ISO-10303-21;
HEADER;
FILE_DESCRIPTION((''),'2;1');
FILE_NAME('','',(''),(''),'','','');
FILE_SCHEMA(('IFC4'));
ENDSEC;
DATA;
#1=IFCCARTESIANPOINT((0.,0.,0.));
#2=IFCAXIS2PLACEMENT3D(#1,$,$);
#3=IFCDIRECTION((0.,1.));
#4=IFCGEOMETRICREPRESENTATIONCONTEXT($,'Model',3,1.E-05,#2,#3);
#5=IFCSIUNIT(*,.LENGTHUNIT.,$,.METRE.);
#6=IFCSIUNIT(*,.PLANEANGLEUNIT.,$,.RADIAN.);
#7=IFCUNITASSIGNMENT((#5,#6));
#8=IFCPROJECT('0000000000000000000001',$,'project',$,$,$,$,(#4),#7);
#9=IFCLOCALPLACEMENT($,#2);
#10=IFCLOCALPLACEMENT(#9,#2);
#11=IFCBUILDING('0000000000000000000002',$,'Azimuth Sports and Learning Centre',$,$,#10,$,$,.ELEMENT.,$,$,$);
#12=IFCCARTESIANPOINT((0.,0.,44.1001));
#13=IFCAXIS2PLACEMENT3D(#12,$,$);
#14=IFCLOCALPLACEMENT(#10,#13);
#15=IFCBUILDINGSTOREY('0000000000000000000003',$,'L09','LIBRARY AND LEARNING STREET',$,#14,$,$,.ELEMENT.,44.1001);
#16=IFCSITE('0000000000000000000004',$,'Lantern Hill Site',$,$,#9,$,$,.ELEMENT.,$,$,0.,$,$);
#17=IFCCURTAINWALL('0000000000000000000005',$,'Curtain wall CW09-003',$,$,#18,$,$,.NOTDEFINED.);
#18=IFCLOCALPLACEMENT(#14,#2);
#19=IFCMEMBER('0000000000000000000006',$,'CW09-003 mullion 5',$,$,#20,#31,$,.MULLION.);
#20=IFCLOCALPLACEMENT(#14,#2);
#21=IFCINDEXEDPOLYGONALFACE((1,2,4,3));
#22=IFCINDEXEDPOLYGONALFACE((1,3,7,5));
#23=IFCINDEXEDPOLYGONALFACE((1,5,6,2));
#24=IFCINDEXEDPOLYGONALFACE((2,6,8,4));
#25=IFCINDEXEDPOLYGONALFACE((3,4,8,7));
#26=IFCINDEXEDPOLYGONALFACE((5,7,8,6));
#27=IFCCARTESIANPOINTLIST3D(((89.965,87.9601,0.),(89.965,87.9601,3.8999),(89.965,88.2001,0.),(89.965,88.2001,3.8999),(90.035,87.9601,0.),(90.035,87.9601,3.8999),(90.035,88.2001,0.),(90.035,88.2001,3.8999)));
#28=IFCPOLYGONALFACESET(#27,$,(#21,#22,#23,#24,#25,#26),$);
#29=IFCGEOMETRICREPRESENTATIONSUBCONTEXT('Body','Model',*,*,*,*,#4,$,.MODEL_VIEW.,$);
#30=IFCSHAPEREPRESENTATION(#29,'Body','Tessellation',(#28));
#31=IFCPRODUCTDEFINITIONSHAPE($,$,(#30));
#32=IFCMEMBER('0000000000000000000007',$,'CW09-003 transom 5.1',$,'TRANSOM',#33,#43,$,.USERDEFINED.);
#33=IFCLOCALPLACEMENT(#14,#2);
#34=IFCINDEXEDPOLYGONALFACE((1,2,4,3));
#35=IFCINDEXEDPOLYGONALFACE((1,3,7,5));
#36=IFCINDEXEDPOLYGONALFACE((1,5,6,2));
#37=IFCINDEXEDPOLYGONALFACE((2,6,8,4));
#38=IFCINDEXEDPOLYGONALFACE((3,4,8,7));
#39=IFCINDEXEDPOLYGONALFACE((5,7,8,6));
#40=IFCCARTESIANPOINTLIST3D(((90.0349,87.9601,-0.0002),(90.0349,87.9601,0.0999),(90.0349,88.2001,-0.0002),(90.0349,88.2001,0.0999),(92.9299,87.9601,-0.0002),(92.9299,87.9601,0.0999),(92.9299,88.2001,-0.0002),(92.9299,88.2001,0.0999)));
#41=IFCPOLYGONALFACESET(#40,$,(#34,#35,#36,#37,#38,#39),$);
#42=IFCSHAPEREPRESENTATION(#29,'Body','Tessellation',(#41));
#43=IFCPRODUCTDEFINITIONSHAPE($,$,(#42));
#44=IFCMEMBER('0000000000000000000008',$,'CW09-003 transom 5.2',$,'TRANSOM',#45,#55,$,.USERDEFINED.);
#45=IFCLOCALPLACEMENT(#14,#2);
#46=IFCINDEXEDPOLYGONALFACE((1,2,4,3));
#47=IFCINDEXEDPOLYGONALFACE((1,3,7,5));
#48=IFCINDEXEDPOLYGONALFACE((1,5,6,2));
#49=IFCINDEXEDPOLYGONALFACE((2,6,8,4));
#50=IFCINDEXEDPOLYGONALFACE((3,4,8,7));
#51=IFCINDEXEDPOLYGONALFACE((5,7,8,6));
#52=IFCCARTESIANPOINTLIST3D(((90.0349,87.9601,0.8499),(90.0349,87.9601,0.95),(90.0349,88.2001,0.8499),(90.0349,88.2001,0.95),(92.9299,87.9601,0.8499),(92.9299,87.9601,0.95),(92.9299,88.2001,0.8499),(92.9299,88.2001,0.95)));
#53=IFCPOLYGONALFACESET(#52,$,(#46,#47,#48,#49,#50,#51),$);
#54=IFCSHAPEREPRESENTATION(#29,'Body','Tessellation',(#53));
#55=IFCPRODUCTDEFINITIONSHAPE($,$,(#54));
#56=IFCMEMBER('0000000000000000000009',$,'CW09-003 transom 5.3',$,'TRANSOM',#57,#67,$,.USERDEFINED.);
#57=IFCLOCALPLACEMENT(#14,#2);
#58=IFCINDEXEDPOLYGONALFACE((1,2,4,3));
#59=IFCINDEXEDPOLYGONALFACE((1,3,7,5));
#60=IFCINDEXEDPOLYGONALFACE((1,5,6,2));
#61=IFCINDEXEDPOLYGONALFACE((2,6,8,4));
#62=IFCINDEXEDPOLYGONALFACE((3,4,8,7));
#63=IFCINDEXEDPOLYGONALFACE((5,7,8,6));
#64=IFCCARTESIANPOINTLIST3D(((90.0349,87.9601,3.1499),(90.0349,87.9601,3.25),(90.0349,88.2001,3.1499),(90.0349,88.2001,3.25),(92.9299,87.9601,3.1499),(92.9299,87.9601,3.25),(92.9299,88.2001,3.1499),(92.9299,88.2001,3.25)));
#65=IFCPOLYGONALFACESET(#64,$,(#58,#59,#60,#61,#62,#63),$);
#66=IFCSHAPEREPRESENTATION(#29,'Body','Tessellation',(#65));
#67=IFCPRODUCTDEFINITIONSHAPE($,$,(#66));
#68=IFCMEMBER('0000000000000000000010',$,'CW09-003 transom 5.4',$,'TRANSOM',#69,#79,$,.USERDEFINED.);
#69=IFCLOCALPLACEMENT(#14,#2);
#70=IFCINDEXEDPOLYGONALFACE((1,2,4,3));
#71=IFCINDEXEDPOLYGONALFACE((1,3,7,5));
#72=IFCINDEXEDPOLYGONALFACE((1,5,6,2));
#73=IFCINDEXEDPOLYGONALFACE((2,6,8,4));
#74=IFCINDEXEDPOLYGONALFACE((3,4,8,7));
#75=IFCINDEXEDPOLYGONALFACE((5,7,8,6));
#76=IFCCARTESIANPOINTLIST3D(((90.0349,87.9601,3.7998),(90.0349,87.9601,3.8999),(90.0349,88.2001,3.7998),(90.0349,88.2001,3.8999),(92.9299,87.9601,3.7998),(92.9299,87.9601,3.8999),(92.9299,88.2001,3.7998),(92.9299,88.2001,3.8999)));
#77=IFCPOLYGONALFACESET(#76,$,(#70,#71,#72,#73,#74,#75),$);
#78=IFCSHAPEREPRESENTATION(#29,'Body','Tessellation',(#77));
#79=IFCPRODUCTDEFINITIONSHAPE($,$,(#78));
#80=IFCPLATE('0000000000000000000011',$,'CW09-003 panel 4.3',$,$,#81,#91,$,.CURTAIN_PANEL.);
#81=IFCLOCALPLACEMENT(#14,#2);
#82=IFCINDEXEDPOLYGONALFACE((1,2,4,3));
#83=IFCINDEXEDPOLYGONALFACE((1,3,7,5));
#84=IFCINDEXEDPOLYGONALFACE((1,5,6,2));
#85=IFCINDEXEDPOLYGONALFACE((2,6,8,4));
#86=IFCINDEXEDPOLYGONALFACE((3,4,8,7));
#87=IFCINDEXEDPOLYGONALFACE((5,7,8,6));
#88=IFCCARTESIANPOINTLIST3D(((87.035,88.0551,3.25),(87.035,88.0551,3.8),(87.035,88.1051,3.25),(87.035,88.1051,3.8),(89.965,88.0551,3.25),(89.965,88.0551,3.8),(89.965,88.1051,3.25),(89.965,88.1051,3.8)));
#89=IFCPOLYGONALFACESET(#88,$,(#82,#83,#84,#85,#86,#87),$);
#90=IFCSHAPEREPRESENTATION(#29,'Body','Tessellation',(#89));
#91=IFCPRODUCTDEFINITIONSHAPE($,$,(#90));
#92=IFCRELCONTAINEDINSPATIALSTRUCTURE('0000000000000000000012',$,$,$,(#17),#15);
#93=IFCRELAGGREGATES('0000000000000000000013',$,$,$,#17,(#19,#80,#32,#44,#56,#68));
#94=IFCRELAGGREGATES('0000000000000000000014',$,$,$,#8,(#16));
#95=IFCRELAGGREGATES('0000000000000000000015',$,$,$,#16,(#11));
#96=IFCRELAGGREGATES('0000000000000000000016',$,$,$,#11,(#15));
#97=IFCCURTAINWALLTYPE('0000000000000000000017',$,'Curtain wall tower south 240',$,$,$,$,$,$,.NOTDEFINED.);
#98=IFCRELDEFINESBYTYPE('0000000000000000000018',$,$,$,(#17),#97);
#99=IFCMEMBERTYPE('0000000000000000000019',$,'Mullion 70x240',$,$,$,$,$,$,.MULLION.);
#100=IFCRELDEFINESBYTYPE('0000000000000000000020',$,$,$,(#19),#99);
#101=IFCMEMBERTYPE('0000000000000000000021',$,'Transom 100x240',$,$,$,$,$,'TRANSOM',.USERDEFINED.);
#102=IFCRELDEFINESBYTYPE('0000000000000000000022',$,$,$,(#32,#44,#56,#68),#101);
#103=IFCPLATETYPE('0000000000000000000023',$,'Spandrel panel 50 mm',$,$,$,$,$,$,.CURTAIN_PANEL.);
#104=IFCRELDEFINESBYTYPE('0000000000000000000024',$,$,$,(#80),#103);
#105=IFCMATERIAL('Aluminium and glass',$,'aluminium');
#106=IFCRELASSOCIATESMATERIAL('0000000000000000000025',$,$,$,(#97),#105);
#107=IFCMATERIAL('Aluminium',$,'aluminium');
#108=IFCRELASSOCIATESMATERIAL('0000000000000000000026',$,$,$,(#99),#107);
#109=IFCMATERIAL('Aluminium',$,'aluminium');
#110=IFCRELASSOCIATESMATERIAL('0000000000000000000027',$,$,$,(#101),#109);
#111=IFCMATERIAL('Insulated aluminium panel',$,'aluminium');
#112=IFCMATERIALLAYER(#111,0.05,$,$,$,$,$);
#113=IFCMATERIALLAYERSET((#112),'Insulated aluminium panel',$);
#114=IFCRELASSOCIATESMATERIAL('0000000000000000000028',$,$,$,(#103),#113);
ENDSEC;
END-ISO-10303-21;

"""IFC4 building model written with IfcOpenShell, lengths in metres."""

from ifc_helpers import new_model, si_unit, direction, frame, origin, origin_2d, place, context, subcontext, project, spatial, rectangle, extrude, material, layer, layer_set, material_profile, profile_set, type_object, element, aggregate, save


model = new_model("IFC4")

# Units and contexts
model_context = context("Model", 3, precision=1e-05, world=origin(), true_north=direction((0.0, 1.0)))
body_context = subcontext(model_context, "Body", "Model", "MODEL_VIEW")
ifc_project = project(units=[si_unit("LENGTHUNIT", "METRE"), si_unit("PLANEANGLEUNIT", "RADIAN")], contexts=[model_context])

# Site, building, storey
site_placement = place(None, origin())
site = spatial("IfcSite", under=ifc_project, at=site_placement, Name="Lantern Hill Site", CompositionType="ELEMENT", RefElevation=0.0)
building_placement = place(site_placement, origin())
building = spatial("IfcBuilding", under=site, at=building_placement, Name="Azimuth Sports and Learning Centre", CompositionType="ELEMENT")
storey_placement = place(building_placement, frame((0.0, 0.0, 44.1001)))
storey = spatial("IfcBuildingStorey", under=building, at=storey_placement, Name="L09", Description="LIBRARY AND LEARNING STREET", CompositionType="ELEMENT", Elevation=44.1001)

# Curtain wall, members, plate
ifc_material_1 = material(Name="Aluminium and glass", Category="aluminium")
curtain_wall_type = type_object("IfcCurtainWallType", Name="Curtain wall tower south 240", PredefinedType="NOTDEFINED", material=ifc_material_1)
curtain_wall_placement = place(storey_placement, origin())
curtain_wall = element("IfcCurtainWall", 1, at=curtain_wall_placement, inside=storey, type_object=curtain_wall_type, Name="Curtain wall CW09-003", PredefinedType="NOTDEFINED")
ifc_material_2 = material(Name="Aluminium", Category="aluminium")
ifc_material_profile_1 = material_profile(ifc_material_2, rectangle(XDim=0.24, YDim=0.0701, at=origin_2d()), Name="Mullion 70x240")
ifc_profile_set_1 = profile_set([ifc_material_profile_1], Name="Aluminium")
member_type_1 = type_object("IfcMemberType", Name="Mullion 70x240", PredefinedType="MULLION", material=ifc_profile_set_1)
member_1_placement = place(storey_placement, frame((90.0, 88.0801, 0.0), z_axis=(0.0, 0.0, 1.0), x_axis=(0.0, 1.0, 0.0)))
member_1 = element("IfcMember", 2, at=member_1_placement, type_object=member_type_1, Name="CW09-003 mullion 5", PredefinedType="MULLION", context=body_context, shape_type="SweptSolid", body=[
    extrude(rectangle(XDim=0.24, YDim=0.0701, at=origin_2d()), origin(), (0.0, 0.0, 1.0), 3.8999),
])
ifc_material_3 = material(Name="Aluminium", Category="aluminium")
ifc_material_profile_2 = material_profile(ifc_material_3, rectangle(XDim=0.24, YDim=0.1001, at=origin_2d()), Name="Transom 100x240")
ifc_profile_set_2 = profile_set([ifc_material_profile_2], Name="Aluminium")
member_type_2 = type_object("IfcMemberType", Name="Transom 100x240", ElementType="TRANSOM", PredefinedType="USERDEFINED", material=ifc_profile_set_2)
member_2_placement = place(storey_placement, frame((90.0349, 88.0801, 0.0498), z_axis=(1.0, 0.0, 0.0), x_axis=(0.0, 1.0, 0.0)))
member_2 = element("IfcMember", 3, at=member_2_placement, type_object=member_type_2, Name="CW09-003 transom 5.1", ObjectType="TRANSOM", PredefinedType="USERDEFINED", context=body_context, shape_type="SweptSolid", body=[
    extrude(rectangle(XDim=0.24, YDim=0.1001, at=origin_2d()), origin(), (0.0, 0.0, 1.0), 2.895),
])
member_3_placement = place(storey_placement, frame((90.0349, 88.0801, 0.8999), z_axis=(1.0, 0.0, 0.0), x_axis=(0.0, 1.0, 0.0)))
member_3 = element("IfcMember", 4, at=member_3_placement, type_object=member_type_2, Name="CW09-003 transom 5.2", ObjectType="TRANSOM", PredefinedType="USERDEFINED", context=body_context, shape_type="SweptSolid", body=[
    extrude(rectangle(XDim=0.24, YDim=0.1001, at=origin_2d()), origin(), (0.0, 0.0, 1.0), 2.895),
])
member_4_placement = place(storey_placement, frame((90.0349, 88.0801, 3.2), z_axis=(1.0, 0.0, 0.0), x_axis=(0.0, 1.0, 0.0)))
member_4 = element("IfcMember", 5, at=member_4_placement, type_object=member_type_2, Name="CW09-003 transom 5.3", ObjectType="TRANSOM", PredefinedType="USERDEFINED", context=body_context, shape_type="SweptSolid", body=[
    extrude(rectangle(XDim=0.24, YDim=0.1001, at=origin_2d()), origin(), (0.0, 0.0, 1.0), 2.895),
])
member_5_placement = place(storey_placement, frame((90.0349, 88.0801, 3.8499), z_axis=(1.0, 0.0, 0.0), x_axis=(0.0, 1.0, 0.0)))
member_5 = element("IfcMember", 6, at=member_5_placement, type_object=member_type_2, Name="CW09-003 transom 5.4", ObjectType="TRANSOM", PredefinedType="USERDEFINED", context=body_context, shape_type="SweptSolid", body=[
    extrude(rectangle(XDim=0.24, YDim=0.1001, at=origin_2d()), origin(), (0.0, 0.0, 1.0), 2.895),
])
ifc_material_4 = material(Name="Insulated aluminium panel", Category="aluminium")
ifc_layer = layer(ifc_material_4, 0.05)
ifc_layer_set = layer_set([ifc_layer], Name="Insulated aluminium panel")
plate_type = type_object("IfcPlateType", Name="Spandrel panel 50 mm", PredefinedType="CURTAIN_PANEL", material=ifc_layer_set)
plate_placement = place(storey_placement, frame((88.5, 88.0801, 3.25), z_axis=(0.0, 0.0, 1.0), x_axis=(1.0, 0.0, 0.0)))
plate = element("IfcPlate", 7, at=plate_placement, type_object=plate_type, Name="CW09-003 panel 4.3", PredefinedType="CURTAIN_PANEL", context=body_context, shape_type="SweptSolid", body=[
    extrude(rectangle(XDim=2.9299, YDim=0.05, at=origin_2d()), origin(), (0.0, 0.0, 1.0), 0.55),
])
aggregate(curtain_wall, [member_1, plate, member_2, member_3, member_4, member_5])

save(model, "model.ifc")
